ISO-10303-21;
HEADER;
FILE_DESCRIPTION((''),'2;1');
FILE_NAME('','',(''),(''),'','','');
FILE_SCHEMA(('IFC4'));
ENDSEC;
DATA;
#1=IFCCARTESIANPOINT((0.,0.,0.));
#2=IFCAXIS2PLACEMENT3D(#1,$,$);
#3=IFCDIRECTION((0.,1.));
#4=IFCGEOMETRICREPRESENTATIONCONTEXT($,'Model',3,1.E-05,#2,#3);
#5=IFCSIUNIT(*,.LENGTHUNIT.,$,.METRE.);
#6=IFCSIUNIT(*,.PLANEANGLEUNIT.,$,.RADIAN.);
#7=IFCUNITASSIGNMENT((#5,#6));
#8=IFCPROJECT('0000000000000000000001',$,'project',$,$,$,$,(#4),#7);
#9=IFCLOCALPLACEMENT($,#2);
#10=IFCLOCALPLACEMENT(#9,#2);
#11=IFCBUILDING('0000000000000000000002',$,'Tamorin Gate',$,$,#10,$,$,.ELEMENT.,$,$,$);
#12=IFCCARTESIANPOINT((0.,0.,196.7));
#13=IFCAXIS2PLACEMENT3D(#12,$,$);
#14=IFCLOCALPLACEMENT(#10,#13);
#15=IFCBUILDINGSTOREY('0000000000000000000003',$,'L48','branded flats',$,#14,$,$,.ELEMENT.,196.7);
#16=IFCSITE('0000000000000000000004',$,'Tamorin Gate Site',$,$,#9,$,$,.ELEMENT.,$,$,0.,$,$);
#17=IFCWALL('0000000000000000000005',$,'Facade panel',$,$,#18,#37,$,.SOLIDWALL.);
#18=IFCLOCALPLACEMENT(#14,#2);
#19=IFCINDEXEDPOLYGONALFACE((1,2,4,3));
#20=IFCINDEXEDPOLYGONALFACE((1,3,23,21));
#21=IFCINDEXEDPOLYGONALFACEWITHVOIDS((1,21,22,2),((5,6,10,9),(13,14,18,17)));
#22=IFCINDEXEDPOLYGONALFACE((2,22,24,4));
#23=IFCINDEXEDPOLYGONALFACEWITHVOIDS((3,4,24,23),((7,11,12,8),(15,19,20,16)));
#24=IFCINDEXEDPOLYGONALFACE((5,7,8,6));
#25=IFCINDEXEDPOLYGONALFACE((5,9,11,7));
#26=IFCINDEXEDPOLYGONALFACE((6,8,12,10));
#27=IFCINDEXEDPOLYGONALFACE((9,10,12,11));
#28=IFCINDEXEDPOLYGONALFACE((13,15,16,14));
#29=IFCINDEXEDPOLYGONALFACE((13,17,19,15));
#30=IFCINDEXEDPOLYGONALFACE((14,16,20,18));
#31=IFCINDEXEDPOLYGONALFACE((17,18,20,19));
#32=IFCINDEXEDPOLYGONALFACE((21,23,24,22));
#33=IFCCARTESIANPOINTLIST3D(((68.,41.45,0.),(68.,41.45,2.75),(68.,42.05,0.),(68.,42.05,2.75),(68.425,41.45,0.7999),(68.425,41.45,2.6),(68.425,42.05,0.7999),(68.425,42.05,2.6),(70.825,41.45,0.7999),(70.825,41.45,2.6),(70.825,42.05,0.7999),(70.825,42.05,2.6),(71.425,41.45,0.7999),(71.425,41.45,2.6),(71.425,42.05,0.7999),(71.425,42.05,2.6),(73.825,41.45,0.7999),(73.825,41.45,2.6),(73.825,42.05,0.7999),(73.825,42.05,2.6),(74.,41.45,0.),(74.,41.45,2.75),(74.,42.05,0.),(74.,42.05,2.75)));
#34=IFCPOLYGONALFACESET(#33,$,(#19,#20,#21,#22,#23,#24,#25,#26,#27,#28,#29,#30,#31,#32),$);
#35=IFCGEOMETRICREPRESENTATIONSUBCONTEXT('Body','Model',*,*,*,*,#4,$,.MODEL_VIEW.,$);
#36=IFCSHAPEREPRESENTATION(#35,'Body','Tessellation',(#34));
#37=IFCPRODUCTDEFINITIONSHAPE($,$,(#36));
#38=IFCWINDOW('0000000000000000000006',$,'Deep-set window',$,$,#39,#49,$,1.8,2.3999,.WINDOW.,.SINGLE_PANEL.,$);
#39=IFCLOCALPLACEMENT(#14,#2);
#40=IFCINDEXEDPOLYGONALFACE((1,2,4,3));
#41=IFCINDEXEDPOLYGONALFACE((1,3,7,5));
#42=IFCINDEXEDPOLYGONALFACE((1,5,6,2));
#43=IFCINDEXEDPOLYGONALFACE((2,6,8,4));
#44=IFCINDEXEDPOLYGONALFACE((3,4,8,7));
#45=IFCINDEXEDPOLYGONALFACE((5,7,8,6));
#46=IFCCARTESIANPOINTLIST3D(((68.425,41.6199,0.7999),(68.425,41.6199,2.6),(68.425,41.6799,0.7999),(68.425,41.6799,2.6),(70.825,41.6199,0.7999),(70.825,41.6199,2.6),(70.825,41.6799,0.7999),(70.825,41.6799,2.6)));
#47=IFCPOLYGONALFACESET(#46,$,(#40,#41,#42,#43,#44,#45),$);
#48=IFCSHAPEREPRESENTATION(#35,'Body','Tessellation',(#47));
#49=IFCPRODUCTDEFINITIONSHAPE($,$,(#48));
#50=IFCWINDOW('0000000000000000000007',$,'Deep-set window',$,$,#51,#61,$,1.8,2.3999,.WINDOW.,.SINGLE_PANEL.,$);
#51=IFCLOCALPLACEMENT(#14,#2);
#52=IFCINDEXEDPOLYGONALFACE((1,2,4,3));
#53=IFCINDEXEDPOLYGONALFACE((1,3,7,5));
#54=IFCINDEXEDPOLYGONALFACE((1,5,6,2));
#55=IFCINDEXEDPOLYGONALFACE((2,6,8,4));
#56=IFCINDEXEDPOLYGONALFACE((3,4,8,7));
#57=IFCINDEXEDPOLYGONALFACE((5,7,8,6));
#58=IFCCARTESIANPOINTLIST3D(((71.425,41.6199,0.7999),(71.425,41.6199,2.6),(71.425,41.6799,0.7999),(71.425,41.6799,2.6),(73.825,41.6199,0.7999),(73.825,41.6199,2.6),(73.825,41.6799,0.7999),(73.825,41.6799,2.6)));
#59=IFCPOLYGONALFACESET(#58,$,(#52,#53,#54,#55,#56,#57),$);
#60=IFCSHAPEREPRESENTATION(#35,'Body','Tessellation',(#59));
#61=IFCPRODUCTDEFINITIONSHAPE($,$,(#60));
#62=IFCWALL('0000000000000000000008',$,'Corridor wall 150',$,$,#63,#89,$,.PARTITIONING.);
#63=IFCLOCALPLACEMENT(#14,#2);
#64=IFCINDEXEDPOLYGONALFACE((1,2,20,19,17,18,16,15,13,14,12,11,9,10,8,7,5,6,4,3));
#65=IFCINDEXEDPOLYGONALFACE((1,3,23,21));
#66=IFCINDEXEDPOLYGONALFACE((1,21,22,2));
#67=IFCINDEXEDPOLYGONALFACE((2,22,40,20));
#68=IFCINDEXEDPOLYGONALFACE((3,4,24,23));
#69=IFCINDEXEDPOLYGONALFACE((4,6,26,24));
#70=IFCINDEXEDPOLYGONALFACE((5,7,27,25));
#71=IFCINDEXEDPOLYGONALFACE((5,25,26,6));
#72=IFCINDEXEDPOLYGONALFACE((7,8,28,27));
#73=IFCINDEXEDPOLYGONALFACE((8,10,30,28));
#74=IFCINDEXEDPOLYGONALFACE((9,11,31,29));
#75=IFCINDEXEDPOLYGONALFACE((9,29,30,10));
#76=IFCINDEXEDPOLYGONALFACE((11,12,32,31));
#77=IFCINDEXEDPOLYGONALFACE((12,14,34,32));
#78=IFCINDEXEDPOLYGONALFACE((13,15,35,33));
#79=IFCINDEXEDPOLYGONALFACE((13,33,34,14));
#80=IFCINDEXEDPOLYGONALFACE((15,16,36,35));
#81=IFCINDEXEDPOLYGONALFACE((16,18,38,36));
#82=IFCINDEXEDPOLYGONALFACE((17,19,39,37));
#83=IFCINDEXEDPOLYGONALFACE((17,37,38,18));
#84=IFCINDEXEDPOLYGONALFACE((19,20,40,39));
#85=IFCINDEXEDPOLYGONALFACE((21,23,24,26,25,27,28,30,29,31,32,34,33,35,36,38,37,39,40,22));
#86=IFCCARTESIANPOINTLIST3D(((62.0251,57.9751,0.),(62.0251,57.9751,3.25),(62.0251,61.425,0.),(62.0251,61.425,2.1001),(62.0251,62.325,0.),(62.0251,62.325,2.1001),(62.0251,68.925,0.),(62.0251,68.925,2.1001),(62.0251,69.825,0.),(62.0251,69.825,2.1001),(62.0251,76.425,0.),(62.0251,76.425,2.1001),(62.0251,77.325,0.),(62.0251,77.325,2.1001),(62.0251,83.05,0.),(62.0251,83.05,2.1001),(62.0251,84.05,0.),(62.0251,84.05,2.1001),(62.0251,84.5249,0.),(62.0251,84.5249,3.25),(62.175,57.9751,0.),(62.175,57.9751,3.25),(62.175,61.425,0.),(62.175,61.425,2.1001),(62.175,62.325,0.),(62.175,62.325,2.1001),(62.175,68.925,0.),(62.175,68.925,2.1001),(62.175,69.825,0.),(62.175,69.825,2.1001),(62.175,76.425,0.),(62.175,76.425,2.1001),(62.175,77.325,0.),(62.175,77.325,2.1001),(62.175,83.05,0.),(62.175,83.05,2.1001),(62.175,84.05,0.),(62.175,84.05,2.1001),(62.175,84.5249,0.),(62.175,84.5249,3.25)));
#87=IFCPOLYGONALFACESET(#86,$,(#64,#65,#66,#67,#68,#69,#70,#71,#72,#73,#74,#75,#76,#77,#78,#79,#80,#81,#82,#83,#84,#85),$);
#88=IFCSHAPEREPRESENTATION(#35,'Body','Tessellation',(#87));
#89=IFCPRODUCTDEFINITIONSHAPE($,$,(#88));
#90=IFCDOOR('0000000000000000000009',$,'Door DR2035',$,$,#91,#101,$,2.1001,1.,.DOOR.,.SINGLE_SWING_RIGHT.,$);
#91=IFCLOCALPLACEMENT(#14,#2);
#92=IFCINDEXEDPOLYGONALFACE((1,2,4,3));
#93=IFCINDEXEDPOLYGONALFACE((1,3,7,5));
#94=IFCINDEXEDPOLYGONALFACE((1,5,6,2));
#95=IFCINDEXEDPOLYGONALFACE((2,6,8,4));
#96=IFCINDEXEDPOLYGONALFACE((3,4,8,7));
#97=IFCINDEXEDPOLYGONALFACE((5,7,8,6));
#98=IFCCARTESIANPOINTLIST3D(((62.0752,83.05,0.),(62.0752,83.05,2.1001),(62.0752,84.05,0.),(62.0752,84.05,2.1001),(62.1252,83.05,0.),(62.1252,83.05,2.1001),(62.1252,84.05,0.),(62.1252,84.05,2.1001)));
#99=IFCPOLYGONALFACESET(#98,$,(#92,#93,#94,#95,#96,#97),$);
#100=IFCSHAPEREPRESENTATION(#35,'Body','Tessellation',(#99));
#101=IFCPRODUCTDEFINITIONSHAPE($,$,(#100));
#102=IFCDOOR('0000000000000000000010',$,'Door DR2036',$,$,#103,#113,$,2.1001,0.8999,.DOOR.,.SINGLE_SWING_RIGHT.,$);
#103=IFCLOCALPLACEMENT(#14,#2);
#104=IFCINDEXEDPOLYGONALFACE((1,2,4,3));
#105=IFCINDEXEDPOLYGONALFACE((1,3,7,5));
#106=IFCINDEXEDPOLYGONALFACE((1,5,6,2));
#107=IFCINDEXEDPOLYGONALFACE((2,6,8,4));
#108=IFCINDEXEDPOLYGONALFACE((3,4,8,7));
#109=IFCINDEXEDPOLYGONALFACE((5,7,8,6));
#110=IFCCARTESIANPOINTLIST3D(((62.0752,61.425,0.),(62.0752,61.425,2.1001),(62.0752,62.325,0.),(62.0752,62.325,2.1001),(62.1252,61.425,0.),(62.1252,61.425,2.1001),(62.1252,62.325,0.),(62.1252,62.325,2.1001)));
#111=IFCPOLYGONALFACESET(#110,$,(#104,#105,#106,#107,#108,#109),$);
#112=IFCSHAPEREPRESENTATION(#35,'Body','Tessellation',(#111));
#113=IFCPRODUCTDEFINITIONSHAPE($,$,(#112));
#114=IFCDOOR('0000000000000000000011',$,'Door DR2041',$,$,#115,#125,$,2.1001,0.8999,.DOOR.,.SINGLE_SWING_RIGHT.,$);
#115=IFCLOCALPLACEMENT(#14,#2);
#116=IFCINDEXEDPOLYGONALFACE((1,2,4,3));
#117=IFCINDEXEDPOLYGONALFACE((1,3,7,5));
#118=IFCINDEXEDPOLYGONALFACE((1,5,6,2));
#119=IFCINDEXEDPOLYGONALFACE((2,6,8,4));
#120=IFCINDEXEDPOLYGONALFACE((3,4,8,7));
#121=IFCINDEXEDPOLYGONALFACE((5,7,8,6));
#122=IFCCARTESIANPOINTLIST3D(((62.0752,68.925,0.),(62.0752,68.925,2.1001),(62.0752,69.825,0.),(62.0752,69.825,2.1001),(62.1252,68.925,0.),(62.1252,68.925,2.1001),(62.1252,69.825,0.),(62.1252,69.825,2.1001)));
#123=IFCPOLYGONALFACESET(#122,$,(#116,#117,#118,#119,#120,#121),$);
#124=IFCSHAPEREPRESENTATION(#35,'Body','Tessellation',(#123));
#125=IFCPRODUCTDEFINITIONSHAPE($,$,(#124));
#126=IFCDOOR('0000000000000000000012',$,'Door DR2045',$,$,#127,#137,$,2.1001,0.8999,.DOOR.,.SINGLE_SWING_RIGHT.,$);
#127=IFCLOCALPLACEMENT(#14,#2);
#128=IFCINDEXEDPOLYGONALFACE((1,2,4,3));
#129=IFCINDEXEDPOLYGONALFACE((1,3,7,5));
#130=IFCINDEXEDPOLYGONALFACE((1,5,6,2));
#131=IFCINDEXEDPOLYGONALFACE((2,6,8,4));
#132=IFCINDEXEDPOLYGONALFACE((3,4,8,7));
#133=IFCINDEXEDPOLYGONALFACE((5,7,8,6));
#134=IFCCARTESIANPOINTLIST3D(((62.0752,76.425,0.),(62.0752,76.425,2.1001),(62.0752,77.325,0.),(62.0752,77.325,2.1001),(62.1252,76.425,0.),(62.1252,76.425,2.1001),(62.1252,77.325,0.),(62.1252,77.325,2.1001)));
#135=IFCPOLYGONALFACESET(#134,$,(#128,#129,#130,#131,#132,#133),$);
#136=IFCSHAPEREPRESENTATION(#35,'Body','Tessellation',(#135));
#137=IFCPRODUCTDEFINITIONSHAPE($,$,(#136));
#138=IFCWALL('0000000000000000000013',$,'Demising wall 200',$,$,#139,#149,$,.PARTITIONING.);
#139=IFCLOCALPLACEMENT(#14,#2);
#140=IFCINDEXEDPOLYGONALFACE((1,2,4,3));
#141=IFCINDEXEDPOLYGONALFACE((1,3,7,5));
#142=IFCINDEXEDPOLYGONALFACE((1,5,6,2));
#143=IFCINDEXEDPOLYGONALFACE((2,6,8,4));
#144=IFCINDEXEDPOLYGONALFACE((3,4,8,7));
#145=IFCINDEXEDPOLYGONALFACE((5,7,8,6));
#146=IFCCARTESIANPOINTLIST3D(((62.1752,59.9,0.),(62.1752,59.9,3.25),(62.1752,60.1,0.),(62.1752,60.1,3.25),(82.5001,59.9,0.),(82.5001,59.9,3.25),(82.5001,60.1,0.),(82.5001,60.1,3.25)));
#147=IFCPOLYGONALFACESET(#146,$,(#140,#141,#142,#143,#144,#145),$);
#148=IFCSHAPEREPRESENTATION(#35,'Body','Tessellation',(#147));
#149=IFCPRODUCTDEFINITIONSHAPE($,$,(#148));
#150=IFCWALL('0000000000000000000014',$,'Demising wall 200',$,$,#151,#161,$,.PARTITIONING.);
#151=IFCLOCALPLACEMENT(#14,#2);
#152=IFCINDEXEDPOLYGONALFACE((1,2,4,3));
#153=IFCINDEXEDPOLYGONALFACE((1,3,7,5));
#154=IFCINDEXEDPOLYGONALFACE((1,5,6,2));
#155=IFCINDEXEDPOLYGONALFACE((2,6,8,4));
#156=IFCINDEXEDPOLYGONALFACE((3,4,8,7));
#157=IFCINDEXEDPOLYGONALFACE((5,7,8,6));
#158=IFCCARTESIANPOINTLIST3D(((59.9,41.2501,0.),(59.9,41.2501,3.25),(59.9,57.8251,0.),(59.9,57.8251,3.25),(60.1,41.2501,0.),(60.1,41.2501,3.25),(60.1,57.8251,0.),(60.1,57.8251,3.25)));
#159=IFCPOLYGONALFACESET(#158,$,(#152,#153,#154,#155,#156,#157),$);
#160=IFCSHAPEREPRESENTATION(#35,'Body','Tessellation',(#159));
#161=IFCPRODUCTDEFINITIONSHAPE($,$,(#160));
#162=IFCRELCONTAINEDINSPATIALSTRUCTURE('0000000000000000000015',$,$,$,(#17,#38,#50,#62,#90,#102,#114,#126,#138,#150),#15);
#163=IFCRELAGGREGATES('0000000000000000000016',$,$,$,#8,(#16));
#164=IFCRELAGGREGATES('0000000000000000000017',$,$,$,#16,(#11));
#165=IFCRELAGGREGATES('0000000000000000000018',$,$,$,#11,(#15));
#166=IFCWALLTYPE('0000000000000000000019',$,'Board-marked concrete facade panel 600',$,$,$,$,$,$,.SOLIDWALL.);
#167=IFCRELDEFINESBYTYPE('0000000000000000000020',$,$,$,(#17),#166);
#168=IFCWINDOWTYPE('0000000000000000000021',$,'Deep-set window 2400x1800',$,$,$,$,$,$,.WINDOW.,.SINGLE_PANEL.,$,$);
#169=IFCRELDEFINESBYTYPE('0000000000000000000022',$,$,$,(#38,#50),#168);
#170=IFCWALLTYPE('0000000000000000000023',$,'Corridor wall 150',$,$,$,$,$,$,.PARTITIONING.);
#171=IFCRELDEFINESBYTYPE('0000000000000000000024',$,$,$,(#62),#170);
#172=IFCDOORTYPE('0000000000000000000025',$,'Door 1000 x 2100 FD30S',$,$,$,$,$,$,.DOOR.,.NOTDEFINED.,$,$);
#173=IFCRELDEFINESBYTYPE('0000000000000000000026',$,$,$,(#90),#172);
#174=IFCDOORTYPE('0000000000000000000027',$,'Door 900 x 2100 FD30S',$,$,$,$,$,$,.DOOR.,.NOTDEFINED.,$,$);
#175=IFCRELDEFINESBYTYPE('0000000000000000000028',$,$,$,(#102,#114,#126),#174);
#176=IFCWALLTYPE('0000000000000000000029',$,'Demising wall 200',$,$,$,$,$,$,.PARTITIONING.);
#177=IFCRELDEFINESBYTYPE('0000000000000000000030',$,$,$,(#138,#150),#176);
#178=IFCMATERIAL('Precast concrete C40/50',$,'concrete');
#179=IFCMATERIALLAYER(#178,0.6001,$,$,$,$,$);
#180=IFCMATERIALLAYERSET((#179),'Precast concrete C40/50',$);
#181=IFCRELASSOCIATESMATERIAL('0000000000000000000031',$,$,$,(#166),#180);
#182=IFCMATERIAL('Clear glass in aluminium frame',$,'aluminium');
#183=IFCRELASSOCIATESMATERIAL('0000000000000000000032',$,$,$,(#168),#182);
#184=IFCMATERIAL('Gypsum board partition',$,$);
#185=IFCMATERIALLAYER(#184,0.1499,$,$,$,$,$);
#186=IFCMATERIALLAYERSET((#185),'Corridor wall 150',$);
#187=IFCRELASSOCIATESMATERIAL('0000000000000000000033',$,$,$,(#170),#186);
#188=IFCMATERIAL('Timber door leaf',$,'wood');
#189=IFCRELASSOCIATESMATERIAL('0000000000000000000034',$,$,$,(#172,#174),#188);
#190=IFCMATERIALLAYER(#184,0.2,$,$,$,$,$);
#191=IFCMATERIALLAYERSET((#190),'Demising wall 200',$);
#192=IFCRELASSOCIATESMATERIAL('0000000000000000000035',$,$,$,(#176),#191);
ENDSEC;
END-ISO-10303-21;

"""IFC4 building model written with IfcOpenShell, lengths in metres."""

from ifc_helpers import new_model, si_unit, direction, frame, frame_2d, origin, place, context, subcontext, project, spatial, rectangle, extrude, material, layer, layer_set, type_object, element, fill, save


model = new_model("IFC4")

# Units and contexts
model_context = context("Model", 3, precision=1e-05, world=origin(), true_north=direction((0.0, 1.0)))
body_context = subcontext(model_context, "Body", "Model", "MODEL_VIEW")
ifc_project = project(units=[si_unit("LENGTHUNIT", "METRE"), si_unit("PLANEANGLEUNIT", "RADIAN")], contexts=[model_context])

# Site, building, storey
site_placement = place(None, origin())
site = spatial("IfcSite", under=ifc_project, at=site_placement, Name="Tamorin Gate Site", CompositionType="ELEMENT", RefElevation=0.0)
building_placement = place(site_placement, origin())
building = spatial("IfcBuilding", under=site, at=building_placement, Name="Tamorin Gate", CompositionType="ELEMENT")
storey_placement = place(building_placement, frame((0.0, 0.0, 196.7)))
storey = spatial("IfcBuildingStorey", under=building, at=storey_placement, Name="L48", Description="branded flats", CompositionType="ELEMENT", Elevation=196.7)

# Wall, openings, windows
ifc_material_1 = material(Name="Precast concrete C40/50", Category="concrete")
ifc_layer_1 = layer(ifc_material_1, 0.6001)
ifc_layer_set_1 = layer_set([ifc_layer_1], Name="Precast concrete C40/50")
wall_type_1 = type_object("IfcWallType", Name="Board-marked concrete facade panel 600", PredefinedType="SOLIDWALL", material=ifc_layer_set_1)
ifc_material_2 = material(Name="Clear glass in aluminium frame", Category="aluminium")
window_type = type_object("IfcWindowType", Name="Deep-set window 2400x1800", PartitioningType="SINGLE_PANEL", PredefinedType="WINDOW", material=ifc_material_2)
wall_1_placement = place(storey_placement, frame((68.0, 41.75, 0.0), z_axis=(0.0, 0.0, 1.0), x_axis=(1.0, 0.0, 0.0)))
wall_1 = element("IfcWall", 1, at=wall_1_placement, inside=storey, type_object=wall_type_1, Name="Facade panel", PredefinedType="SOLIDWALL", context=body_context, shape_type="SweptSolid", body=[
    extrude(rectangle(XDim=6.0, YDim=0.6001, at=frame_2d((3.0, 0.0))), origin(), (0.0, 0.0, 1.0), 2.75),
])
opening_1_placement = place(wall_1_placement, frame((0.425, 0.0, 0.8)))
opening_1 = element("IfcOpeningElement", 2, at=opening_1_placement, cuts=wall_1, PredefinedType="OPENING", context=body_context, shape_type="SweptSolid", body=[
    extrude(rectangle(XDim=2.3999, YDim=1.8, at=frame_2d((1.2, 0.8999))), frame((0.0, 0.3101, 0.0), z_axis=(0.0, -1.0, 0.0), x_axis=(1.0, 0.0, 0.0)), (0.0, 0.0, 1.0), 0.6201),
])
opening_2_placement = place(wall_1_placement, frame((3.425, 0.0, 0.8)))
opening_2 = element("IfcOpeningElement", 3, at=opening_2_placement, cuts=wall_1, PredefinedType="OPENING", context=body_context, shape_type="SweptSolid", body=[
    extrude(rectangle(XDim=2.3999, YDim=1.8, at=frame_2d((1.2, 0.8999))), frame((0.0, 0.3101, 0.0), z_axis=(0.0, -1.0, 0.0), x_axis=(1.0, 0.0, 0.0)), (0.0, 0.0, 1.0), 0.6201),
])
window_1_placement = place(opening_1_placement, origin())
window_1 = element("IfcWindow", 4, at=window_1_placement, inside=storey, type_object=window_type, Name="Deep-set window", OverallHeight=1.8, OverallWidth=2.3999, PartitioningType="SINGLE_PANEL", PredefinedType="WINDOW", context=body_context, shape_type="SweptSolid", body=[
    extrude(rectangle(XDim=2.3999, YDim=1.8, at=frame_2d((1.2, 0.8999))), frame((0.0, -0.0701, 0.0), z_axis=(0.0, -1.0, 0.0), x_axis=(1.0, 0.0, 0.0)), (0.0, 0.0, 1.0), 0.0601),
])
fill(opening_1, window_1)
window_2_placement = place(opening_2_placement, origin())
window_2 = element("IfcWindow", 5, at=window_2_placement, inside=storey, type_object=window_type, Name="Deep-set window", OverallHeight=1.8, OverallWidth=2.3999, PartitioningType="SINGLE_PANEL", PredefinedType="WINDOW", context=body_context, shape_type="SweptSolid", body=[
    extrude(rectangle(XDim=2.3999, YDim=1.8, at=frame_2d((1.2, 0.8999))), frame((0.0, -0.0701, 0.0), z_axis=(0.0, -1.0, 0.0), x_axis=(1.0, 0.0, 0.0)), (0.0, 0.0, 1.0), 0.0601),
])
fill(opening_2, window_2)

# Wall, openings, doors
ifc_material_3 = material(Name="Gypsum board partition")
ifc_layer_2 = layer(ifc_material_3, 0.1499)
ifc_layer_set_2 = layer_set([ifc_layer_2], Name="Corridor wall 150")
wall_type_2 = type_object("IfcWallType", Name="Corridor wall 150", PredefinedType="PARTITIONING", material=ifc_layer_set_2)
wall_2_placement = place(storey_placement, frame((62.1001, 57.9751, 0.0), z_axis=(0.0, 0.0, 1.0), x_axis=(0.0, 1.0, 0.0)))
wall_2 = element("IfcWall", 6, at=wall_2_placement, inside=storey, type_object=wall_type_2, Name="Corridor wall 150", PredefinedType="PARTITIONING", context=body_context, shape_type="SweptSolid", body=[
    extrude(rectangle(XDim=26.5498, YDim=0.1499, at=frame_2d((13.2749, 0.0))), origin(), (0.0, 0.0, 1.0), 3.25),
])
opening_3_placement = place(wall_2_placement, frame((25.075, 0.0, 0.0)))
opening_3 = element("IfcOpeningElement", 7, at=opening_3_placement, cuts=wall_2, PredefinedType="OPENING", context=body_context, shape_type="SweptSolid", body=[
    extrude(rectangle(XDim=1.0, YDim=2.1001, at=frame_2d((0.5, 1.05))), frame((0.0, 0.085, 0.0), z_axis=(0.0, -1.0, 0.0), x_axis=(1.0, 0.0, 0.0)), (0.0, 0.0, 1.0), 0.1699),
])
opening_4_placement = place(wall_2_placement, frame((3.45, 0.0, 0.0)))
opening_4 = element("IfcOpeningElement", 8, at=opening_4_placement, cuts=wall_2, PredefinedType="OPENING", context=body_context, shape_type="SweptSolid", body=[
    extrude(rectangle(XDim=0.8999, YDim=2.1001, at=frame_2d((0.45, 1.05))), frame((0.0, 0.085, 0.0), z_axis=(0.0, -1.0, 0.0), x_axis=(1.0, 0.0, 0.0)), (0.0, 0.0, 1.0), 0.1699),
])
opening_5_placement = place(wall_2_placement, frame((10.95, 0.0, 0.0)))
opening_5 = element("IfcOpeningElement", 9, at=opening_5_placement, cuts=wall_2, PredefinedType="OPENING", context=body_context, shape_type="SweptSolid", body=[
    extrude(rectangle(XDim=0.8999, YDim=2.1001, at=frame_2d((0.45, 1.05))), frame((0.0, 0.085, 0.0), z_axis=(0.0, -1.0, 0.0), x_axis=(1.0, 0.0, 0.0)), (0.0, 0.0, 1.0), 0.1699),
])
opening_6_placement = place(wall_2_placement, frame((18.45, 0.0, 0.0)))
opening_6 = element("IfcOpeningElement", 10, at=opening_6_placement, cuts=wall_2, PredefinedType="OPENING", context=body_context, shape_type="SweptSolid", body=[
    extrude(rectangle(XDim=0.8999, YDim=2.1001, at=frame_2d((0.45, 1.05))), frame((0.0, 0.085, 0.0), z_axis=(0.0, -1.0, 0.0), x_axis=(1.0, 0.0, 0.0)), (0.0, 0.0, 1.0), 0.1699),
])
ifc_material_4 = material(Name="Timber door leaf", Category="wood")
door_type_1 = type_object("IfcDoorType", Name="Door 1000 x 2100 FD30S", OperationType="NOTDEFINED", PredefinedType="DOOR", material=ifc_material_4)
door_1_placement = place(opening_3_placement, origin())
door_1 = element("IfcDoor", 11, at=door_1_placement, inside=storey, type_object=door_type_1, Name="Door DR2035", OperationType="SINGLE_SWING_RIGHT", OverallHeight=2.1001, OverallWidth=1.0, PredefinedType="DOOR", context=body_context, shape_type="SweptSolid", body=[
    extrude(rectangle(XDim=1.0, YDim=2.1001, at=frame_2d((0.5, 1.05))), frame((0.0, 0.0249, 0.0), z_axis=(0.0, -1.0, 0.0), x_axis=(1.0, 0.0, 0.0)), (0.0, 0.0, 1.0), 0.05),
])
fill(opening_3, door_1)
door_type_2 = type_object("IfcDoorType", Name="Door 900 x 2100 FD30S", OperationType="NOTDEFINED", PredefinedType="DOOR", material=ifc_material_4)
door_2_placement = place(opening_4_placement, origin())
door_2 = element("IfcDoor", 12, at=door_2_placement, inside=storey, type_object=door_type_2, Name="Door DR2036", OperationType="SINGLE_SWING_RIGHT", OverallHeight=2.1001, OverallWidth=0.8999, PredefinedType="DOOR", context=body_context, shape_type="SweptSolid", body=[
    extrude(rectangle(XDim=0.8999, YDim=2.1001, at=frame_2d((0.45, 1.05))), frame((0.0, 0.0249, 0.0), z_axis=(0.0, -1.0, 0.0), x_axis=(1.0, 0.0, 0.0)), (0.0, 0.0, 1.0), 0.05),
])
fill(opening_4, door_2)
door_3_placement = place(opening_5_placement, origin())
door_3 = element("IfcDoor", 13, at=door_3_placement, inside=storey, type_object=door_type_2, Name="Door DR2041", OperationType="SINGLE_SWING_RIGHT", OverallHeight=2.1001, OverallWidth=0.8999, PredefinedType="DOOR", context=body_context, shape_type="SweptSolid", body=[
    extrude(rectangle(XDim=0.8999, YDim=2.1001, at=frame_2d((0.45, 1.05))), frame((0.0, 0.0249, 0.0), z_axis=(0.0, -1.0, 0.0), x_axis=(1.0, 0.0, 0.0)), (0.0, 0.0, 1.0), 0.05),
])
fill(opening_5, door_3)
door_4_placement = place(opening_6_placement, origin())
door_4 = element("IfcDoor", 14, at=door_4_placement, inside=storey, type_object=door_type_2, Name="Door DR2045", OperationType="SINGLE_SWING_RIGHT", OverallHeight=2.1001, OverallWidth=0.8999, PredefinedType="DOOR", context=body_context, shape_type="SweptSolid", body=[
    extrude(rectangle(XDim=0.8999, YDim=2.1001, at=frame_2d((0.45, 1.05))), frame((0.0, 0.0249, 0.0), z_axis=(0.0, -1.0, 0.0), x_axis=(1.0, 0.0, 0.0)), (0.0, 0.0, 1.0), 0.05),
])
fill(opening_6, door_4)

# Walls
ifc_layer_3 = layer(ifc_material_3, 0.2)
ifc_layer_set_3 = layer_set([ifc_layer_3], Name="Demising wall 200")
wall_type_3 = type_object("IfcWallType", Name="Demising wall 200", PredefinedType="PARTITIONING", material=ifc_layer_set_3)
wall_3_placement = place(storey_placement, frame((62.175, 60.0, 0.0), z_axis=(0.0, 0.0, 1.0), x_axis=(1.0, 0.0, 0.0)))
element("IfcWall", 15, at=wall_3_placement, inside=storey, type_object=wall_type_3, Name="Demising wall 200", PredefinedType="PARTITIONING", context=body_context, shape_type="SweptSolid", body=[
    extrude(rectangle(XDim=20.325, YDim=0.2, at=frame_2d((10.1626, 0.0))), origin(), (0.0, 0.0, 1.0), 3.25),
])
wall_4_placement = place(storey_placement, frame((60.0, 41.25, 0.0), z_axis=(0.0, 0.0, 1.0), x_axis=(0.0, 1.0, 0.0)))
element("IfcWall", 16, at=wall_4_placement, inside=storey, type_object=wall_type_3, Name="Demising wall 200", PredefinedType="PARTITIONING", context=body_context, shape_type="SweptSolid", body=[
    extrude(rectangle(XDim=16.575, YDim=0.2, at=frame_2d((8.2876, 0.0))), origin(), (0.0, 0.0, 1.0), 3.25),
])

save(model, "model.ifc")
